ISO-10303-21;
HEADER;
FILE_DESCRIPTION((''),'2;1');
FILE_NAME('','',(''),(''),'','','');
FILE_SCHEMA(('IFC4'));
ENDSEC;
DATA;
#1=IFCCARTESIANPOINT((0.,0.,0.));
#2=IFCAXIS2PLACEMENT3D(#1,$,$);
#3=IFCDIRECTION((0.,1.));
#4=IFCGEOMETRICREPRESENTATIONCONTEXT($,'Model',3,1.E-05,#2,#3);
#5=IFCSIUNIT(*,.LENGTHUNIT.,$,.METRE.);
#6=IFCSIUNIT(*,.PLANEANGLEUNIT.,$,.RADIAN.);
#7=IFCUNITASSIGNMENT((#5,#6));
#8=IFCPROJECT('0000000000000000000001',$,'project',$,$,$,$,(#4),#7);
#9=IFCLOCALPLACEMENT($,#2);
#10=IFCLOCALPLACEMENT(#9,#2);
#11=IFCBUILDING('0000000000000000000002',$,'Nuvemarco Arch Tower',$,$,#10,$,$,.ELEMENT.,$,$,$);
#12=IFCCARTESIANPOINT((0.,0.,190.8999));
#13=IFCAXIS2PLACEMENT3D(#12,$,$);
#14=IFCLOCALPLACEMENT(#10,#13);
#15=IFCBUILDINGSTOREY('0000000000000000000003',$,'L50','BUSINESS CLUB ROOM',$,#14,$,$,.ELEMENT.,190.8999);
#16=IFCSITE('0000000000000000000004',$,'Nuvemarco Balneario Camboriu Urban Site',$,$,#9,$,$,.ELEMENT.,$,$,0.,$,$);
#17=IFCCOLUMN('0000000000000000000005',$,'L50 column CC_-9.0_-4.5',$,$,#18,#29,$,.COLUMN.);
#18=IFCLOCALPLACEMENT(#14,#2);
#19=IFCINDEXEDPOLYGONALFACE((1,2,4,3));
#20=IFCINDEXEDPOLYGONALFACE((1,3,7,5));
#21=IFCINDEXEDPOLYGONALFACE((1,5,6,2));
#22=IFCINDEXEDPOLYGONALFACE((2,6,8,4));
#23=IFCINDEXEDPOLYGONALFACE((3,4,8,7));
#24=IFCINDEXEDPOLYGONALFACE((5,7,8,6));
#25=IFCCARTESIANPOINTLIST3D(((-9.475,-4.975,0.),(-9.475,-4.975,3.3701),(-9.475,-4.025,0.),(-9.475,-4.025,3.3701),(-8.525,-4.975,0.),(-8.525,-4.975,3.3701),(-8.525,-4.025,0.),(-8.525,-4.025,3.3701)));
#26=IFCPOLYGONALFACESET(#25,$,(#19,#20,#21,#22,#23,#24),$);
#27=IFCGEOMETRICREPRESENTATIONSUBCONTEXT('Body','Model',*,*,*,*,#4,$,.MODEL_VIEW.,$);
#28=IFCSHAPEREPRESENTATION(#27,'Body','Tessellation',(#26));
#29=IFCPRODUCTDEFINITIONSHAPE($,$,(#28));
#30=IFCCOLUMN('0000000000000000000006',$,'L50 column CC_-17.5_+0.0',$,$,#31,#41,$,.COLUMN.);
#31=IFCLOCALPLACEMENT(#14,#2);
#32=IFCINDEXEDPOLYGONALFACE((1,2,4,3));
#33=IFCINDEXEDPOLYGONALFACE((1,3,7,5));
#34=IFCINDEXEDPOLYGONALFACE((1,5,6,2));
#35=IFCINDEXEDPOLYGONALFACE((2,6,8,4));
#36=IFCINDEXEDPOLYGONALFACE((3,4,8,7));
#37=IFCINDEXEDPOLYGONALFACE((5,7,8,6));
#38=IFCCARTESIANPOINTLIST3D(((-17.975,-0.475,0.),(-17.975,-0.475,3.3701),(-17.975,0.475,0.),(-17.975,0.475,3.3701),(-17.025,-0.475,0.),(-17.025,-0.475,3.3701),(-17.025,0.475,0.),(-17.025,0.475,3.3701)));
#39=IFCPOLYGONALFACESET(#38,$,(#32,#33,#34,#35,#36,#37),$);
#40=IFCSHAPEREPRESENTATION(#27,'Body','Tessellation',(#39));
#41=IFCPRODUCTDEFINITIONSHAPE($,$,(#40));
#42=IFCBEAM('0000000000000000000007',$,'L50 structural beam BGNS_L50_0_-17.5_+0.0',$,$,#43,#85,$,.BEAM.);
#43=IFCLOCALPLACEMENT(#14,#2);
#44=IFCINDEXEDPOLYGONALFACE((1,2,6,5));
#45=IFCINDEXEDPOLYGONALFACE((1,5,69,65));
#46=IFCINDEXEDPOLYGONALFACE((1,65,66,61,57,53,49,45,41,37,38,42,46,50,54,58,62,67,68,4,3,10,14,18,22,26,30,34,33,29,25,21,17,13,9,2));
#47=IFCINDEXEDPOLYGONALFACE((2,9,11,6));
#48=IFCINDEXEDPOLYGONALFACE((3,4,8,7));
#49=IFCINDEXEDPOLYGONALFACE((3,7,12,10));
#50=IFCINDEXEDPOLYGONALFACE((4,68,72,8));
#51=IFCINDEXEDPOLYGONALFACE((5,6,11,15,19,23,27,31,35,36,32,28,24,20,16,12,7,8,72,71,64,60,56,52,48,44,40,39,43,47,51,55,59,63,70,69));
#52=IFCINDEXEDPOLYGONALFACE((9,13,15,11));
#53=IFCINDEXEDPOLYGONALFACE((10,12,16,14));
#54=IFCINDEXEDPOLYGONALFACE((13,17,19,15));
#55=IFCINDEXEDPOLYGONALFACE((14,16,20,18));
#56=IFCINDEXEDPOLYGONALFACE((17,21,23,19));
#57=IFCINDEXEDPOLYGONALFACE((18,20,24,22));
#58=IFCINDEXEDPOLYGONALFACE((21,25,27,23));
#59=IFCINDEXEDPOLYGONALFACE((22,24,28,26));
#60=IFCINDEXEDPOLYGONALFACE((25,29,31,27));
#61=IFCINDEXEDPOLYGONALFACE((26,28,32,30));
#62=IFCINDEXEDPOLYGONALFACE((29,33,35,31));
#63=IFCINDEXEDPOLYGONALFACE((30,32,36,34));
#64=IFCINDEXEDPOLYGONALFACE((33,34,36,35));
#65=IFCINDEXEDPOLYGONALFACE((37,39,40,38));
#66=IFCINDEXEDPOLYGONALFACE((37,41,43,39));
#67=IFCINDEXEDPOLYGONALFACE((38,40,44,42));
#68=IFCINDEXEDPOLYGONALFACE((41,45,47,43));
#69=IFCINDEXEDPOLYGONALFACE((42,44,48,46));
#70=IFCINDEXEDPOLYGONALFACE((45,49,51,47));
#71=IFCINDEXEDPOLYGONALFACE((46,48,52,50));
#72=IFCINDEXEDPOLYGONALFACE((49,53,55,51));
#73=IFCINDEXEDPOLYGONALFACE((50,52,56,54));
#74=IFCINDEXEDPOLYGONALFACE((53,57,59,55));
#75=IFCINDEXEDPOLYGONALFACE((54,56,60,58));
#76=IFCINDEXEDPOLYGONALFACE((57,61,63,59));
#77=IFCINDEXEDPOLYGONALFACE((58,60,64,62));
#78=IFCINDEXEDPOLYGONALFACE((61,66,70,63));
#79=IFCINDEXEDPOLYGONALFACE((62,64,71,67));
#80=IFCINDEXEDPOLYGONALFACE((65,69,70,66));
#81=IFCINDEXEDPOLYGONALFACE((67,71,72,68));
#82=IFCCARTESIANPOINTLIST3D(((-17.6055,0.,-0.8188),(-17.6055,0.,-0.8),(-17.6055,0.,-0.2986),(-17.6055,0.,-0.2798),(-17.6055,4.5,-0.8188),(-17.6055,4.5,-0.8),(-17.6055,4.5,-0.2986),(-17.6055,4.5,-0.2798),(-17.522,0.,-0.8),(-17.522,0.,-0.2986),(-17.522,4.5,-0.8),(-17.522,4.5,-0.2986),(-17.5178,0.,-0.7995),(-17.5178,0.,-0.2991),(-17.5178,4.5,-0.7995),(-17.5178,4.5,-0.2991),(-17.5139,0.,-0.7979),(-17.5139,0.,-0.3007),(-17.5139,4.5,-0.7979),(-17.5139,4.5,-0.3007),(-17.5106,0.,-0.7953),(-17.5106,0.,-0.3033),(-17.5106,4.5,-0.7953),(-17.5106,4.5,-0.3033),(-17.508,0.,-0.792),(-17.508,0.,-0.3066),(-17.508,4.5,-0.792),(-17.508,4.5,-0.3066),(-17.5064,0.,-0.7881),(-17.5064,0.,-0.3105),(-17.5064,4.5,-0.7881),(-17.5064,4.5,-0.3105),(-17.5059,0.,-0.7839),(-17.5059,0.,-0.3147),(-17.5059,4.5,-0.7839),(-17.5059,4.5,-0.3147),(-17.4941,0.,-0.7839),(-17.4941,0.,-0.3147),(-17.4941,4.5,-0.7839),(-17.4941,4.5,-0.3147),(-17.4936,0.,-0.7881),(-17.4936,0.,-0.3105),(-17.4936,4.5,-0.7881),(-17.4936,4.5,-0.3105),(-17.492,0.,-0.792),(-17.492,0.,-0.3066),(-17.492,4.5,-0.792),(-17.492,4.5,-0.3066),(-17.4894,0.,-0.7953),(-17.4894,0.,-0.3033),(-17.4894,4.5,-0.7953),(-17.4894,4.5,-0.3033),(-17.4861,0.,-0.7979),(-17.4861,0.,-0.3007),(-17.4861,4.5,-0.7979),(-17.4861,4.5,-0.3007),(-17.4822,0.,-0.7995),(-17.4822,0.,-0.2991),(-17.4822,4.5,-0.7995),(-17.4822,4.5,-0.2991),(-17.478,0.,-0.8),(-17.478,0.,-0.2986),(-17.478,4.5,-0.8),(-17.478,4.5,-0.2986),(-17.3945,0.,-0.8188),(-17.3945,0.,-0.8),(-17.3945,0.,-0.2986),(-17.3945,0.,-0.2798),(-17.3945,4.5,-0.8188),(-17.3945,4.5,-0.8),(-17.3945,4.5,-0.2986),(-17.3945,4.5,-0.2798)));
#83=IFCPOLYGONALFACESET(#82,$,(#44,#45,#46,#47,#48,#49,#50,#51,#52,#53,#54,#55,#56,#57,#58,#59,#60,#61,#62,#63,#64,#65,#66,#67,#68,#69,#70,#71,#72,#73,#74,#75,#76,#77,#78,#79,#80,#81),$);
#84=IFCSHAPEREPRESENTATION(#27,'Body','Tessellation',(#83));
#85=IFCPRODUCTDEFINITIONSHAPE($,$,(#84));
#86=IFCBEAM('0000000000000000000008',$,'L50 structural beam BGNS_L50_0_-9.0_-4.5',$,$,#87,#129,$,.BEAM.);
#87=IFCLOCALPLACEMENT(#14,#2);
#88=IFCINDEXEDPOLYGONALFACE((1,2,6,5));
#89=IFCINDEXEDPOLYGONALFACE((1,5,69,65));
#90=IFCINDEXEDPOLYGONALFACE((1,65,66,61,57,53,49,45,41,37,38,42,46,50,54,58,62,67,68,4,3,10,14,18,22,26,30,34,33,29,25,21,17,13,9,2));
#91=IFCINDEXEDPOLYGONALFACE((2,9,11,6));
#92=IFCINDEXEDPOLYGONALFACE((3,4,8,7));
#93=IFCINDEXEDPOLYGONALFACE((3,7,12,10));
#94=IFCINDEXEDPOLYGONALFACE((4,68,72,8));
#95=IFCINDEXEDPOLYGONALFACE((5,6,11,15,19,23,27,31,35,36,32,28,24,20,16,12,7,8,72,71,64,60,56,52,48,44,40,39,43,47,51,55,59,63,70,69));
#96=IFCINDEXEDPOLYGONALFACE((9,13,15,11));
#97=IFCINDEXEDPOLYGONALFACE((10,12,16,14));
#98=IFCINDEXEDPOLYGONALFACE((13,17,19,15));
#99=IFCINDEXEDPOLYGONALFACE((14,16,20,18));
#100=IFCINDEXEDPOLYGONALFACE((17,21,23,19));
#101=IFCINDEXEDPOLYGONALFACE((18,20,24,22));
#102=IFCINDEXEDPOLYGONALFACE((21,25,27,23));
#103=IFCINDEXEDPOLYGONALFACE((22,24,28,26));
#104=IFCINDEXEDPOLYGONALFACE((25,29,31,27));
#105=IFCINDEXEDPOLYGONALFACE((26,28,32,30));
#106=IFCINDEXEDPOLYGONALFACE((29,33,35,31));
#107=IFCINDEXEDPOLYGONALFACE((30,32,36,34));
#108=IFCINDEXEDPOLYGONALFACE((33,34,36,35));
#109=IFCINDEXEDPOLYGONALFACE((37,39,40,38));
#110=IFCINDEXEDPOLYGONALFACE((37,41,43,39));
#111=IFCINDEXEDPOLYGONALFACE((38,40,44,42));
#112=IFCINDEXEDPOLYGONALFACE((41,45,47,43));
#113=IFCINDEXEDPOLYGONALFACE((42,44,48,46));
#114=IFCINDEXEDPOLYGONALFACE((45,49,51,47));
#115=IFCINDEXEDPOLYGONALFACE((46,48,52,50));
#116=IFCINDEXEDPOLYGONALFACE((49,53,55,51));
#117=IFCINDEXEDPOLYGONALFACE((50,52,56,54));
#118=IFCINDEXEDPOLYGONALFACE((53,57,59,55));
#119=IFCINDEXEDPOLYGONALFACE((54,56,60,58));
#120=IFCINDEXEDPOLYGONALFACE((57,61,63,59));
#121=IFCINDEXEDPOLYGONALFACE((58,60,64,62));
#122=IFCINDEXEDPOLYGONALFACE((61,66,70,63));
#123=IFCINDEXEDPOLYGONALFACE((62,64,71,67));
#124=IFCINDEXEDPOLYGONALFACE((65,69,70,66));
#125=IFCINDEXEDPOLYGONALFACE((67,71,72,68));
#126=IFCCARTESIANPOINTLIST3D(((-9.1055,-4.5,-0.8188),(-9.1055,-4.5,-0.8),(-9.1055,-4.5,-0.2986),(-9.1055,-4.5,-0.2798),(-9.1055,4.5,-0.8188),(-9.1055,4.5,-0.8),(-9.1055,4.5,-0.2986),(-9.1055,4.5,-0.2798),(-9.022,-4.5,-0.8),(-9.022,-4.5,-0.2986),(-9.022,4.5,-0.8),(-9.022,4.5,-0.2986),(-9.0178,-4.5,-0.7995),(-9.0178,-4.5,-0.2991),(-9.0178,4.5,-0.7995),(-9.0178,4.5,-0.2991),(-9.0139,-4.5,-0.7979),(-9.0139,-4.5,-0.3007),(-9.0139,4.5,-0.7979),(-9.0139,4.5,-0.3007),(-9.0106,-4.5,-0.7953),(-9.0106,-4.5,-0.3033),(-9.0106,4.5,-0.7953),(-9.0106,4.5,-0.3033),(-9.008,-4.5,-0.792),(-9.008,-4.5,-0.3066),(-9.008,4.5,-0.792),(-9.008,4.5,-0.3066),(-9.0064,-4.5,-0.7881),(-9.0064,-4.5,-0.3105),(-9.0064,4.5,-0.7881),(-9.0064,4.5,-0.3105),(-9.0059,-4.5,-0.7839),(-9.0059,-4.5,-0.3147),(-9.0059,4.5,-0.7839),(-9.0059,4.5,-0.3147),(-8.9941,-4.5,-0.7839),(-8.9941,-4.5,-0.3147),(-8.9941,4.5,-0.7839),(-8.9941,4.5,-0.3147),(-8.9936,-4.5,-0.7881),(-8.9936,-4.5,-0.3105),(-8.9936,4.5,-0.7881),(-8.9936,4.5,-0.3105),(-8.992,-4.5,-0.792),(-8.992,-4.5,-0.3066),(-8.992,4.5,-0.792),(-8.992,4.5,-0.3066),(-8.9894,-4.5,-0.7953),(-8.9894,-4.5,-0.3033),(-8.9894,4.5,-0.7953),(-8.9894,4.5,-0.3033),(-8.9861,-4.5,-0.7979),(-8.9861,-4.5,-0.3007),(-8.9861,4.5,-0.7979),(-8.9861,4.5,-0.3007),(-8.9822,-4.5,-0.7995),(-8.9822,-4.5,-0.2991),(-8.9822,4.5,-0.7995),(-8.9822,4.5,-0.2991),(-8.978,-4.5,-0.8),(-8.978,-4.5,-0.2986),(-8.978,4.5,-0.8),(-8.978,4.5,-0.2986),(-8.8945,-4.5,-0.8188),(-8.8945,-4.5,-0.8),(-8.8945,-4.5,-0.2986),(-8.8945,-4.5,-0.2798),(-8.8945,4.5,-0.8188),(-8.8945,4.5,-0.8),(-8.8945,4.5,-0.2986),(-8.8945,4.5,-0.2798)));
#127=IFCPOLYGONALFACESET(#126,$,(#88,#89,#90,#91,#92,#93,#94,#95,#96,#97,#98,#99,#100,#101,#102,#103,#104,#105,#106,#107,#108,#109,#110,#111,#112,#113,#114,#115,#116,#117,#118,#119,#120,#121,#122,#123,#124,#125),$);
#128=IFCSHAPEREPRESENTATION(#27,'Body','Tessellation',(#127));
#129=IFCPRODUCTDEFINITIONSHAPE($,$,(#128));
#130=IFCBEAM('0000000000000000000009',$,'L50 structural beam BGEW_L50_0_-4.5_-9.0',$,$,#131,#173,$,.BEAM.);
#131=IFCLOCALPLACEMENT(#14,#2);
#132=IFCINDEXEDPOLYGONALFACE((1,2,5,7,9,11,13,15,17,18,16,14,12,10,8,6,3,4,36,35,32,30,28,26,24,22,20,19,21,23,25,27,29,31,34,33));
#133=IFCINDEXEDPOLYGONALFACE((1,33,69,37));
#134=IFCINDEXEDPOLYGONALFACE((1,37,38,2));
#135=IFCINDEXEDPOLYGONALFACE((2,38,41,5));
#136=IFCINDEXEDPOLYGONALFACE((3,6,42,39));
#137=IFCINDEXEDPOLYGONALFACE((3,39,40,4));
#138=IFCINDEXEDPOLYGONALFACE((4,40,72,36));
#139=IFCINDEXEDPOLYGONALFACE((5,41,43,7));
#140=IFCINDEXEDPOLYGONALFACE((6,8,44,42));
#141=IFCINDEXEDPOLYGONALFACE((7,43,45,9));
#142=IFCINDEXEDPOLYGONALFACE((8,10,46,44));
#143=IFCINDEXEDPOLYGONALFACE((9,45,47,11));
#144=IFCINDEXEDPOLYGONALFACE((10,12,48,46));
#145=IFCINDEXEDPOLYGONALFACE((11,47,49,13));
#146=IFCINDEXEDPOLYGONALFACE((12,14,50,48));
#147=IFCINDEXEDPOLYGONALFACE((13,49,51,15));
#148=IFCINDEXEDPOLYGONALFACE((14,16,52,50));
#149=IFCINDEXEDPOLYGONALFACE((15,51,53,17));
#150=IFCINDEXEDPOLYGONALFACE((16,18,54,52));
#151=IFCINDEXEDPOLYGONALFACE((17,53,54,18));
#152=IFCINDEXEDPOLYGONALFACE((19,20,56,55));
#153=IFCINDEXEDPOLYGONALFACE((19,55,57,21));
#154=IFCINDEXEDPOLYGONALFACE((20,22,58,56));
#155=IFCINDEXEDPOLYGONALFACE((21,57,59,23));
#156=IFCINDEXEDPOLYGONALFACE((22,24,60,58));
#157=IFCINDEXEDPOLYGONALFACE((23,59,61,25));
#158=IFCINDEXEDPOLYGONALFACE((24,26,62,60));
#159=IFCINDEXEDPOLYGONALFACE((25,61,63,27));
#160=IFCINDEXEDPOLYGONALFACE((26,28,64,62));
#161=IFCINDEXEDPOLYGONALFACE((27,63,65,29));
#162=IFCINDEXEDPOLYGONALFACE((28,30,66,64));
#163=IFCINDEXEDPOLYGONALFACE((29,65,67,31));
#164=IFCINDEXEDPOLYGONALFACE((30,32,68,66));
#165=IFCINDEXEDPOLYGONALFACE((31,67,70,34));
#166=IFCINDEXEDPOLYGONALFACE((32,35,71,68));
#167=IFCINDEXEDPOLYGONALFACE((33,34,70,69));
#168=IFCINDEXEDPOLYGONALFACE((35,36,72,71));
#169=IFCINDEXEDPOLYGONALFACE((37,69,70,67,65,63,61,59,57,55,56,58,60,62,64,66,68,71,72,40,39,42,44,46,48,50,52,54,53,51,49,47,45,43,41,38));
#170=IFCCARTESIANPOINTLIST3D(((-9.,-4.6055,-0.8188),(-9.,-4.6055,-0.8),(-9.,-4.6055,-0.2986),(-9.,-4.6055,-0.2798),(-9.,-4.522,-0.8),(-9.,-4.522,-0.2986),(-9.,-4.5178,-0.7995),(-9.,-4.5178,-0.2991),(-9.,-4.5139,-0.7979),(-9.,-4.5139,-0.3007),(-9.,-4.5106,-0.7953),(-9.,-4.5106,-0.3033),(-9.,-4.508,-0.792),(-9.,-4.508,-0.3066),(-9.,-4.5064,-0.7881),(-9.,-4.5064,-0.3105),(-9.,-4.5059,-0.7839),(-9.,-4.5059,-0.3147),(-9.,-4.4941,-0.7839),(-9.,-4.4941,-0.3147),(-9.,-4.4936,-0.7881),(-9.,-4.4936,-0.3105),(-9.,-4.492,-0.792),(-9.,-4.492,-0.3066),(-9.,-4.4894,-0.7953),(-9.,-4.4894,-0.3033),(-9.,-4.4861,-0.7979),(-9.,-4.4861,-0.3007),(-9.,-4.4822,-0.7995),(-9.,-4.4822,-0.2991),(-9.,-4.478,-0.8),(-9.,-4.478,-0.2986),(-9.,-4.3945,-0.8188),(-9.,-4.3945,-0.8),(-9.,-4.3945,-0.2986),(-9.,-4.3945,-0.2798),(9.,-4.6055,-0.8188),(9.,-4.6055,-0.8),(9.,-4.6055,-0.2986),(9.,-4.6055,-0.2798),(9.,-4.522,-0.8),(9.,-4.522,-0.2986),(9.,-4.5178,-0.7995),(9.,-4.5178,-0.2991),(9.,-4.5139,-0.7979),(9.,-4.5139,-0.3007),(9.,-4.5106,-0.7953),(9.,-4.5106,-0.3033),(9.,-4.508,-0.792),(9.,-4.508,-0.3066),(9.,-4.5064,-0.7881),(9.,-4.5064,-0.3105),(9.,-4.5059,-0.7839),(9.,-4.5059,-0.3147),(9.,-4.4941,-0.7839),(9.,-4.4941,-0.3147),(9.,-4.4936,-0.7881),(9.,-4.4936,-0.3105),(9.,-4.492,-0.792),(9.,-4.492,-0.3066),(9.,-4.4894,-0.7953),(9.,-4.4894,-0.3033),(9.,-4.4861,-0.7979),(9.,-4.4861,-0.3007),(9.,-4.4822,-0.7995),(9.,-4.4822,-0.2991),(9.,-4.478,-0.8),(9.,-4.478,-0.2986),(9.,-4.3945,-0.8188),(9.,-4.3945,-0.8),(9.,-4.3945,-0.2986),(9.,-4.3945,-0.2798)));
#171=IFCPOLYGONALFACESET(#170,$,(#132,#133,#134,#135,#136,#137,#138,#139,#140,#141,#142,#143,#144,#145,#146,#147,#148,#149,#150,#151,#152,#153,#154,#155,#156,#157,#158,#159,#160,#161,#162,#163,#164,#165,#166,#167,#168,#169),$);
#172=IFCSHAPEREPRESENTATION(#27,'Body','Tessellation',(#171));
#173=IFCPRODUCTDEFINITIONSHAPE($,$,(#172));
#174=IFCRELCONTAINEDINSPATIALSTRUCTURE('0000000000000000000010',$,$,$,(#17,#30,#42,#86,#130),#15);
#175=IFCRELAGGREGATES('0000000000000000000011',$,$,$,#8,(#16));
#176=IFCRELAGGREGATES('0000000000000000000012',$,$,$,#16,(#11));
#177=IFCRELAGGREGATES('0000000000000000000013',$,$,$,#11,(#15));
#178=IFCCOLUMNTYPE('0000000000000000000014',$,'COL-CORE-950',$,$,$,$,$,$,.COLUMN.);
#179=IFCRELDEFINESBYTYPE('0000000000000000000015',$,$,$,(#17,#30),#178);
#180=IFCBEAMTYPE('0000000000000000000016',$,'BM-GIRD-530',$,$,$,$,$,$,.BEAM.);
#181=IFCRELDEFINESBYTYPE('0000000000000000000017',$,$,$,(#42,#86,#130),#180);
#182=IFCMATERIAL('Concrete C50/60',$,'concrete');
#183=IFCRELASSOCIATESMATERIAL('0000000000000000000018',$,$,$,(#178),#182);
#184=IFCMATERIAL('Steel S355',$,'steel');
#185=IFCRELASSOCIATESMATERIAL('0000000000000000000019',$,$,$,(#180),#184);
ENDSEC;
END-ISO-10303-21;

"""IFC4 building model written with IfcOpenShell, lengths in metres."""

from ifc_helpers import new_model, si_unit, direction, frame, origin, origin_2d, place, context, subcontext, project, spatial, rectangle, i_section, extrude, material, material_profile, profile_set, type_object, element, save


model = new_model("IFC4")

# Units and contexts
model_context = context("Model", 3, precision=1e-05, world=origin(), true_north=direction((0.0, 1.0)))
body_context = subcontext(model_context, "Body", "Model", "MODEL_VIEW")
ifc_project = project(units=[si_unit("LENGTHUNIT", "METRE"), si_unit("PLANEANGLEUNIT", "RADIAN")], contexts=[model_context])

# Site, building, storey
site_placement = place(None, origin())
site = spatial("IfcSite", under=ifc_project, at=site_placement, Name="Nuvemarco Balneario Camboriu Urban Site", CompositionType="ELEMENT", RefElevation=0.0)
building_placement = place(site_placement, origin())
building = spatial("IfcBuilding", under=site, at=building_placement, Name="Nuvemarco Arch Tower", CompositionType="ELEMENT")
storey_placement = place(building_placement, frame((0.0, 0.0, 190.8999)))
storey = spatial("IfcBuildingStorey", under=building, at=storey_placement, Name="L50", Description="BUSINESS CLUB ROOM", CompositionType="ELEMENT", Elevation=190.8999)

# Columns
ifc_material_1 = material(Name="Concrete C50/60", Category="concrete")
ifc_material_profile_1 = material_profile(ifc_material_1, rectangle(XDim=0.95, YDim=0.95, at=origin_2d()), Name="RC-COL-950x950")
ifc_profile_set_1 = profile_set([ifc_material_profile_1], Name="Concrete C50/60")
column_type = type_object("IfcColumnType", Name="COL-CORE-950", PredefinedType="COLUMN", material=ifc_profile_set_1)
for number, where, z_axis, x_axis, name in (
    (1, (-9.0, -4.5, 0.0), (0.0, 0.0, 1.0), (1.0, 0.0, 0.0), "L50 column CC_-9.0_-4.5"),
    (2, (-17.5, 0.0, 0.0), (0.0, 0.0, 1.0), (1.0, 0.0, 0.0), "L50 column CC_-17.5_+0.0"),
):
    element("IfcColumn", number, at=place(storey_placement, frame(where, z_axis=z_axis, x_axis=x_axis)), inside=storey, type_object=column_type, Name=name, PredefinedType="COLUMN", context=body_context, shape_type="SweptSolid", body=[
        extrude(rectangle(XDim=0.95, YDim=0.95, at=origin_2d()), origin(), (0.0, 0.0, 1.0), 3.3701),
    ])

# Beams
ifc_material_2 = material(Name="Steel S355", Category="steel")
ifc_material_profile_2 = material_profile(ifc_material_2, i_section(OverallWidth=0.2109, OverallDepth=0.5391, WebThickness=0.0117, FlangeThickness=0.0188, FilletRadius=0.0161, at=origin_2d()), Name="W530x109")
ifc_profile_set_2 = profile_set([ifc_material_profile_2], Name="Steel S355")
beam_type = type_object("IfcBeamType", Name="BM-GIRD-530", PredefinedType="BEAM", material=ifc_profile_set_2)
beam_1_placement = place(storey_placement, frame((-17.5, 0.0, -0.5493), z_axis=(0.0, 1.0, 0.0), x_axis=(-1.0, 0.0, 0.0)))
element("IfcBeam", 3, at=beam_1_placement, inside=storey, type_object=beam_type, Name="L50 structural beam BGNS_L50_0_-17.5_+0.0", PredefinedType="BEAM", context=body_context, shape_type="SweptSolid", body=[
    extrude(i_section(OverallWidth=0.2109, OverallDepth=0.5391, WebThickness=0.0117, FlangeThickness=0.0188, FilletRadius=0.0161, at=origin_2d()), origin(), (0.0, 0.0, 1.0), 4.5),
])
beam_2_placement = place(storey_placement, frame((-9.0, -4.5, -0.5493), z_axis=(0.0, 1.0, 0.0), x_axis=(-1.0, 0.0, 0.0)))
element("IfcBeam", 4, at=beam_2_placement, inside=storey, type_object=beam_type, Name="L50 structural beam BGNS_L50_0_-9.0_-4.5", PredefinedType="BEAM", context=body_context, shape_type="SweptSolid", body=[
    extrude(i_section(OverallWidth=0.2109, OverallDepth=0.5391, WebThickness=0.0117, FlangeThickness=0.0188, FilletRadius=0.0161, at=origin_2d()), origin(), (0.0, 0.0, 1.0), 9.0),
])
beam_3_placement = place(storey_placement, frame((-9.0, -4.5, -0.5493), z_axis=(1.0, 0.0, 0.0), x_axis=(0.0, 1.0, 0.0)))
element("IfcBeam", 5, at=beam_3_placement, inside=storey, type_object=beam_type, Name="L50 structural beam BGEW_L50_0_-4.5_-9.0", PredefinedType="BEAM", context=body_context, shape_type="SweptSolid", body=[
    extrude(i_section(OverallWidth=0.2109, OverallDepth=0.5391, WebThickness=0.0117, FlangeThickness=0.0188, FilletRadius=0.0161, at=origin_2d()), origin(), (0.0, 0.0, 1.0), 18.0),
])

save(model, "model.ifc")
